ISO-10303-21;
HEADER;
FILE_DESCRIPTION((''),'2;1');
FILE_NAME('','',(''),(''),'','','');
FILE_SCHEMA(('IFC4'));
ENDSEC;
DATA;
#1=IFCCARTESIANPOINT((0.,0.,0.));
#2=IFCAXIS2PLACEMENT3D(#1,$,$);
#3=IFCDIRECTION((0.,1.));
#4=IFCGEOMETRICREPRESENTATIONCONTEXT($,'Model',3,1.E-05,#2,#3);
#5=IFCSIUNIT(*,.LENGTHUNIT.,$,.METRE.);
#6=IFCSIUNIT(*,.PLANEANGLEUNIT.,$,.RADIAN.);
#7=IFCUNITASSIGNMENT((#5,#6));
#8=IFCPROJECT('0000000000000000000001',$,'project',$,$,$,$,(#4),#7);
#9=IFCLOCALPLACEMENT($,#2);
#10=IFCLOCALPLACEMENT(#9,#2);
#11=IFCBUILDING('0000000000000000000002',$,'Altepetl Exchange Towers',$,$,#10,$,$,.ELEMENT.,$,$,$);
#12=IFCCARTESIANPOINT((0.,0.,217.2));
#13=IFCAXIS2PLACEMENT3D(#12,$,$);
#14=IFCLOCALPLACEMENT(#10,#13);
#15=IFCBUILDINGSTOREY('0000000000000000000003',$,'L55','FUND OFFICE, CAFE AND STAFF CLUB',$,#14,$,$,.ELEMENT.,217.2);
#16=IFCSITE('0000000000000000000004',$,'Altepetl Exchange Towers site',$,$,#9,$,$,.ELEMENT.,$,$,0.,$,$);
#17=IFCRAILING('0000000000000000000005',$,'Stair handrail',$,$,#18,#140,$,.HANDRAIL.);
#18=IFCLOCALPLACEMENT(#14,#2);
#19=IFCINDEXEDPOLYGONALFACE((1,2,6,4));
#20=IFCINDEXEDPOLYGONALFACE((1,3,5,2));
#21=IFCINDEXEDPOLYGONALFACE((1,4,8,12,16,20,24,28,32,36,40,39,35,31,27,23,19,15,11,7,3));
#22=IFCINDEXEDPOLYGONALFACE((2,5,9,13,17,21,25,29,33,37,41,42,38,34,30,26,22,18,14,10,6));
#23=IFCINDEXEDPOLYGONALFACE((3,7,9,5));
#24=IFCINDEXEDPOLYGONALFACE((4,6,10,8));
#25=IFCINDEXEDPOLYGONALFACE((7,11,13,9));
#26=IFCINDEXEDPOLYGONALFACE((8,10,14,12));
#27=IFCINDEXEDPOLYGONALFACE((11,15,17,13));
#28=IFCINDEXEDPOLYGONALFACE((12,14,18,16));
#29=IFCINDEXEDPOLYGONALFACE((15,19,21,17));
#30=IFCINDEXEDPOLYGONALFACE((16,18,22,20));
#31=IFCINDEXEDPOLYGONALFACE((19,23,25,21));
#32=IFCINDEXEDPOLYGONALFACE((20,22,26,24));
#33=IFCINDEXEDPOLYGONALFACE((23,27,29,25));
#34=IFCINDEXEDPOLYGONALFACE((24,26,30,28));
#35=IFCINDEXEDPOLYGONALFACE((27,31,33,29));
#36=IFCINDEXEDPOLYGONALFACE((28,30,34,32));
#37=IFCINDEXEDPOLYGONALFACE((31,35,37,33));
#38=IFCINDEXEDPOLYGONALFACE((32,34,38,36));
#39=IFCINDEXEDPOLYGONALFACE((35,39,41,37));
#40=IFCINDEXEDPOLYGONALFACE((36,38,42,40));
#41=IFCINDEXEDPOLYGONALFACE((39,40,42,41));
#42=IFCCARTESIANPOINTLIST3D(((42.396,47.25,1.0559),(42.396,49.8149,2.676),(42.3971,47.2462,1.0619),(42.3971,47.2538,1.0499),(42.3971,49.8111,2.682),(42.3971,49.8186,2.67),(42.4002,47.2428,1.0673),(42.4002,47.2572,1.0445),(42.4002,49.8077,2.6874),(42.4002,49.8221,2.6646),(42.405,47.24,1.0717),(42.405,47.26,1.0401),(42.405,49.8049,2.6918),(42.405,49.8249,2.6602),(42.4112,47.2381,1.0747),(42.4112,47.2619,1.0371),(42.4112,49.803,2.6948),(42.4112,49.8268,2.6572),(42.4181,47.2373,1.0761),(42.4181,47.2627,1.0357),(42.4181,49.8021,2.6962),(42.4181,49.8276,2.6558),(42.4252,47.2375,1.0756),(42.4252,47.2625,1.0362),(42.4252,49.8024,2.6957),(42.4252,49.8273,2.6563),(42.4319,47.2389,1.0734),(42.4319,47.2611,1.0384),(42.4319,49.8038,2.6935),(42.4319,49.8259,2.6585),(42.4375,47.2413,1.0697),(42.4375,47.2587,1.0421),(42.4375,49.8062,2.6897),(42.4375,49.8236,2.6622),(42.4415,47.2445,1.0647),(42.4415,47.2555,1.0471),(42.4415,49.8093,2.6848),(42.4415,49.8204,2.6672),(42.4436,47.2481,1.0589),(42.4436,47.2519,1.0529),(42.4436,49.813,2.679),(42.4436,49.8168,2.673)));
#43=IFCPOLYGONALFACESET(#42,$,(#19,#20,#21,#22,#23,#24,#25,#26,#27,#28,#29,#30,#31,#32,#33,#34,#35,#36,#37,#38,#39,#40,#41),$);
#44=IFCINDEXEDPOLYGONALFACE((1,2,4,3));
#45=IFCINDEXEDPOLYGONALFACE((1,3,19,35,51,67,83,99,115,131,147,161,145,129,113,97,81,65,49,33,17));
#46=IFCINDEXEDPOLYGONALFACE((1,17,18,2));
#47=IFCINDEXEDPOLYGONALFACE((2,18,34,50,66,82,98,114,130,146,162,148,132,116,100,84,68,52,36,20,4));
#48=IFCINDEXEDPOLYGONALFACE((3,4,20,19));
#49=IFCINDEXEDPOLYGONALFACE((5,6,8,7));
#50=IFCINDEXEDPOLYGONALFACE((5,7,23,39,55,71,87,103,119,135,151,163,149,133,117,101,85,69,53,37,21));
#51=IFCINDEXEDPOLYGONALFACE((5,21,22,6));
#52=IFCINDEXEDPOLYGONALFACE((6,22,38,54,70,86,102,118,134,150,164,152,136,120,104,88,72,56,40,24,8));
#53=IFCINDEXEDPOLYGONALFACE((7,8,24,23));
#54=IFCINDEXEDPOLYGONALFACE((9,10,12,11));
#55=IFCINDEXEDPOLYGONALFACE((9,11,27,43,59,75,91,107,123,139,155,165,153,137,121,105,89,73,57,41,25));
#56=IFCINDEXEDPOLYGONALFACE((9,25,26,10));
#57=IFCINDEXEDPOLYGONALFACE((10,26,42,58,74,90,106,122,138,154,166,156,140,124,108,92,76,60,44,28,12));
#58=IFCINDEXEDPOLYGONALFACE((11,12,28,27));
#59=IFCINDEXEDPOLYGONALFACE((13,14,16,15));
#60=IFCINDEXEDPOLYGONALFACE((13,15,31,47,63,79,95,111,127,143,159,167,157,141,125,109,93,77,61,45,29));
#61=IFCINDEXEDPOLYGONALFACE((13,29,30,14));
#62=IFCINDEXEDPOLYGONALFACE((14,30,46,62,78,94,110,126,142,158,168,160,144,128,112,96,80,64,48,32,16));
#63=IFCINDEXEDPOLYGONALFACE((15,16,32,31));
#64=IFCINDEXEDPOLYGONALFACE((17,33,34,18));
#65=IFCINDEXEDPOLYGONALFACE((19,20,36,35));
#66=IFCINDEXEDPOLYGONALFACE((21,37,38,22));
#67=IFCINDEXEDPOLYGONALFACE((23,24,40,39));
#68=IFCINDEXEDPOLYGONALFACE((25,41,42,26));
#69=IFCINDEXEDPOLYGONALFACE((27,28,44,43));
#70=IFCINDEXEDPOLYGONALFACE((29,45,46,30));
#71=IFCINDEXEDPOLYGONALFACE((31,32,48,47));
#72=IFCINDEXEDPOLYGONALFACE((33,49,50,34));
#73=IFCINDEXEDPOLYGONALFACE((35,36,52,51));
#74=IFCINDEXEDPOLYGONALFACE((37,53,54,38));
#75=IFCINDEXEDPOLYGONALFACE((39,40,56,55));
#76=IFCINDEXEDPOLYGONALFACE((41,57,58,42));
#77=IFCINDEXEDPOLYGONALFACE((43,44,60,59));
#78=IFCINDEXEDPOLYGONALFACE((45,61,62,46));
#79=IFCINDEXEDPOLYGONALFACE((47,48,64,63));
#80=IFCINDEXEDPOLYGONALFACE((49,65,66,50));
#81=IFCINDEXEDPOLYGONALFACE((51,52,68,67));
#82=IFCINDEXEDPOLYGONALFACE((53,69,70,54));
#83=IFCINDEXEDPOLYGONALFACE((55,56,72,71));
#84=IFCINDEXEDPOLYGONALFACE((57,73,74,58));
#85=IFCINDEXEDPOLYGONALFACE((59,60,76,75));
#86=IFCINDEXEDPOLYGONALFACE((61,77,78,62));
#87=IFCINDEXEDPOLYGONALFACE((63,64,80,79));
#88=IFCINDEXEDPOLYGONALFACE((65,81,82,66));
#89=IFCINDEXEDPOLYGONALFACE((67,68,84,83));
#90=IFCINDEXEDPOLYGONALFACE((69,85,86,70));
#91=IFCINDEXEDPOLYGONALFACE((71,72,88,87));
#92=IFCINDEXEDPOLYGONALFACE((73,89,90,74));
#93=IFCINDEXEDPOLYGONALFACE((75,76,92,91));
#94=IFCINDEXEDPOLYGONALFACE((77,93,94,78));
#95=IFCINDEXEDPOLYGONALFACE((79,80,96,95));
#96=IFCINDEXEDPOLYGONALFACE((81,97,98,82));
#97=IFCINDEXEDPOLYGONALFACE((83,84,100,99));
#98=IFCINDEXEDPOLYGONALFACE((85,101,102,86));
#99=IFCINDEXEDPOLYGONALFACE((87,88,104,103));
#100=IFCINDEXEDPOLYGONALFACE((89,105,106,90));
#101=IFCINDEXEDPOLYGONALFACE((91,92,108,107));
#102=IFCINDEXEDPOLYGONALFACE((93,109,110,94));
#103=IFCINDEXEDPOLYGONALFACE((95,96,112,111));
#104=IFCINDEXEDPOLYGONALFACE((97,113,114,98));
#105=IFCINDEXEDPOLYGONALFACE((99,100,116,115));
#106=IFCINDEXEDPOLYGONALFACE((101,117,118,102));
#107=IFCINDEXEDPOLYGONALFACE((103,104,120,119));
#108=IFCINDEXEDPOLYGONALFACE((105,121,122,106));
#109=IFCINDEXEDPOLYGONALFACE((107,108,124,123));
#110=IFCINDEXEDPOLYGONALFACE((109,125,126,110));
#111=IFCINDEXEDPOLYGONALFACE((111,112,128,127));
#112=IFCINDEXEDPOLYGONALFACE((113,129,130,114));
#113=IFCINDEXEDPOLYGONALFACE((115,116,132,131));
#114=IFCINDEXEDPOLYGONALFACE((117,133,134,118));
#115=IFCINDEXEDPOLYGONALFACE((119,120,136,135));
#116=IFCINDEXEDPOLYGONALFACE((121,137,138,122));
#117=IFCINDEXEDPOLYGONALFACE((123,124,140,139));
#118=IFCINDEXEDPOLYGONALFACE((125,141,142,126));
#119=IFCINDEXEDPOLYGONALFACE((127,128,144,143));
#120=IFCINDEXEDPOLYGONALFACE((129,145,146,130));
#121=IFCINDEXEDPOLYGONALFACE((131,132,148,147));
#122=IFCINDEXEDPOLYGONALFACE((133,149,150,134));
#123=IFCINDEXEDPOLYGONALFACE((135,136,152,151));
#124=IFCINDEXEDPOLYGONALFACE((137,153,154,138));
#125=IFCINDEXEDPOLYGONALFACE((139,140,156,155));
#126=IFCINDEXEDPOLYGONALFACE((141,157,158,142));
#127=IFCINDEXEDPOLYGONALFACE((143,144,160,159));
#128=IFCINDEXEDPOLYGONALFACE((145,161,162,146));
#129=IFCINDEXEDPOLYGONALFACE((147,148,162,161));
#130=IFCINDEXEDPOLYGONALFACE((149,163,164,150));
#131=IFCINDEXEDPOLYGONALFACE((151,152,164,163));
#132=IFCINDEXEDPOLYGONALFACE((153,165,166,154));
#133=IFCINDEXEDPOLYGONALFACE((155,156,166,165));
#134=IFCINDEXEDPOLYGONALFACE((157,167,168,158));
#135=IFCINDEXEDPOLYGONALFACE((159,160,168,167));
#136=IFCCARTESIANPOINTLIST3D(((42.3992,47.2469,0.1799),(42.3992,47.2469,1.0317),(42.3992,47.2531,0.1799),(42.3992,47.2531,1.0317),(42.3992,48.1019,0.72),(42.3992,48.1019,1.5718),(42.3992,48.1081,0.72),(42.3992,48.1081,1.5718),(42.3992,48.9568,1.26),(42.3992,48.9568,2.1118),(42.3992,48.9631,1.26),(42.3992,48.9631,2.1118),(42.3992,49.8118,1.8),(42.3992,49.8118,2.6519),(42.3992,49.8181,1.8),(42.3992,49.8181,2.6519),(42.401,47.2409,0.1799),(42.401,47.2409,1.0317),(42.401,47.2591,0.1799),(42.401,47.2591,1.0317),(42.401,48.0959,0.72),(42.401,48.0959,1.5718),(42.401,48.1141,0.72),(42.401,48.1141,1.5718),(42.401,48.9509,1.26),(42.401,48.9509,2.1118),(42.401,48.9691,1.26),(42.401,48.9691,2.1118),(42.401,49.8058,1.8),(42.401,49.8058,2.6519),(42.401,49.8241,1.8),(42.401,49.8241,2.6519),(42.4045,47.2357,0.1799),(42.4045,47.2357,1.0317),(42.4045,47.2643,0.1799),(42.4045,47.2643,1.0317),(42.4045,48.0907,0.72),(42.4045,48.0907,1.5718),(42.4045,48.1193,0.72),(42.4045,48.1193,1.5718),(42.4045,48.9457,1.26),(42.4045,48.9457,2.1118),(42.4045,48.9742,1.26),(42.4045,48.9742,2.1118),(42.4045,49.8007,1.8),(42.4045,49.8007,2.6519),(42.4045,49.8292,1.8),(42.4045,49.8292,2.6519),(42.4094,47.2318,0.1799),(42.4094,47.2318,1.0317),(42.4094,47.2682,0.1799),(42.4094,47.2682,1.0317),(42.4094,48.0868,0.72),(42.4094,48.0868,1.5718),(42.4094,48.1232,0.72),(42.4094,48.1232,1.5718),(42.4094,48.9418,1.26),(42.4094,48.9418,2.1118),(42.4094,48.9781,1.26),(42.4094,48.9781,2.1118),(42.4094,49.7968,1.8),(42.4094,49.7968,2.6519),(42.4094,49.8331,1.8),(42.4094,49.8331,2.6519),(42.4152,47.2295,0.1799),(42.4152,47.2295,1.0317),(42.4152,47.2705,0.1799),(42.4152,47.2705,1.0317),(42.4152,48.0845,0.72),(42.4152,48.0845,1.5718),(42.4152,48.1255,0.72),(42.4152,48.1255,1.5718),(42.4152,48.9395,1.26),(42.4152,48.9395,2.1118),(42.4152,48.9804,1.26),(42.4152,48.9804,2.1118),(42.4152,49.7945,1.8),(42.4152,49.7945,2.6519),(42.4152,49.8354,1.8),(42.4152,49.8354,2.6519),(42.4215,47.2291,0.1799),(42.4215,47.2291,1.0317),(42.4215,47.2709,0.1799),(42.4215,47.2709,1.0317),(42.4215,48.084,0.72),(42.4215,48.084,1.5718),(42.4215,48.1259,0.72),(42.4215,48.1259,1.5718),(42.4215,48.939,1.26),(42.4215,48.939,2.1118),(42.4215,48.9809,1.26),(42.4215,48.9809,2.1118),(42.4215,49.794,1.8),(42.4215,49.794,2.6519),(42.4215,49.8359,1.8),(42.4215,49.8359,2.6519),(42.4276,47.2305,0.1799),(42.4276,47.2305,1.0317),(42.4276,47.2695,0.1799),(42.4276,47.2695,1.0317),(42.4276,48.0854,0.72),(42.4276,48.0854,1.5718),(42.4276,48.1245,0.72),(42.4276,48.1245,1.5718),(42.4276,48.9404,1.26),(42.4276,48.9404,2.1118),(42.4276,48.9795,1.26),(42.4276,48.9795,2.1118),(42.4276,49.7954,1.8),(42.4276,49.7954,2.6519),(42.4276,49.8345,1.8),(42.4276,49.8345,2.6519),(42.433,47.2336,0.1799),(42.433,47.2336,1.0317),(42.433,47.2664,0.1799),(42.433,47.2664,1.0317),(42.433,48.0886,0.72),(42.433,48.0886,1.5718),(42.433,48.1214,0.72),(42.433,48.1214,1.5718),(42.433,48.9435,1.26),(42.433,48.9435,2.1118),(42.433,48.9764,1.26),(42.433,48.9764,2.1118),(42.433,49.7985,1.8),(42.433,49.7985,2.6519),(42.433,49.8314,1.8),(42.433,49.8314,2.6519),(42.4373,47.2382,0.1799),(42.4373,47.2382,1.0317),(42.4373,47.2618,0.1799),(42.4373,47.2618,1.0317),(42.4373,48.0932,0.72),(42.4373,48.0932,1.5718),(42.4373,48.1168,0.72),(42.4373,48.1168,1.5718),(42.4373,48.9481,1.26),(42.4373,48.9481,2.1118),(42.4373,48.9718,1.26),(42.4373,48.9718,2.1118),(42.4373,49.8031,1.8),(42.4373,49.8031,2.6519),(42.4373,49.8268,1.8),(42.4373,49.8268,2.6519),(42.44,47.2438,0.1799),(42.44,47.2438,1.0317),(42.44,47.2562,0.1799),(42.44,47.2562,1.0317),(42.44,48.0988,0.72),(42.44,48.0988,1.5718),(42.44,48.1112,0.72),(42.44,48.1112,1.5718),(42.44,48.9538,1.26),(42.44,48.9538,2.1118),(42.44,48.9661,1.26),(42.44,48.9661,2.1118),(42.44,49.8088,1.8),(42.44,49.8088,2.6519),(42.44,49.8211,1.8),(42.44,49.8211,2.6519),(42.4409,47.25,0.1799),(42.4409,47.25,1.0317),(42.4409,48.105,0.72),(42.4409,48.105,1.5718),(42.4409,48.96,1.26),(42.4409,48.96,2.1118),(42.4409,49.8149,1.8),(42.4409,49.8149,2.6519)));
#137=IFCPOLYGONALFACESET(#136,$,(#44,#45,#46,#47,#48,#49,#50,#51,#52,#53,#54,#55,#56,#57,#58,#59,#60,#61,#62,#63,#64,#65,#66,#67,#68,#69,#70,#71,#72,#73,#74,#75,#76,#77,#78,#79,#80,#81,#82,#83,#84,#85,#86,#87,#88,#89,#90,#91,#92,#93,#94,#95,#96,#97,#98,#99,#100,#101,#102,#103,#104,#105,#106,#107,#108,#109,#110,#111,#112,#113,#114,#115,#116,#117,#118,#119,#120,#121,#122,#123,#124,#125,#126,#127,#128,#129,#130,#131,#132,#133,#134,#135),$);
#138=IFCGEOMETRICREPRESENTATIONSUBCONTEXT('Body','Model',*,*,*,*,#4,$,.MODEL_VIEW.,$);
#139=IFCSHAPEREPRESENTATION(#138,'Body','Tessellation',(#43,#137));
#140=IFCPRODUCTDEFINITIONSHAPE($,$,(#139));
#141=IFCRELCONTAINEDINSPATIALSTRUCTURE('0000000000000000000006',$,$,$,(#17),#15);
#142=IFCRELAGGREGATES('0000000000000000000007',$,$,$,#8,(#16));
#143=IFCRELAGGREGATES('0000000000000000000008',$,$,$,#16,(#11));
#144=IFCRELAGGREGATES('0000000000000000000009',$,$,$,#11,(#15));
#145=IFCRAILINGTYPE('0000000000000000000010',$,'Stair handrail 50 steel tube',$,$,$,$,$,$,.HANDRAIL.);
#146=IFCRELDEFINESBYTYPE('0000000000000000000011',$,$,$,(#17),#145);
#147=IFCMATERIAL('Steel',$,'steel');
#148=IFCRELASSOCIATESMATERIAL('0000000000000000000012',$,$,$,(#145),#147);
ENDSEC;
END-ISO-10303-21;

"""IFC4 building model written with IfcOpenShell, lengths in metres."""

from ifc_helpers import new_model, si_unit, direction, frame, origin, origin_2d, place, context, subcontext, project, spatial, circle, extrude, source, transform, mapped, material, type_object, element, save


model = new_model("IFC4")

# Units and contexts
model_context = context("Model", 3, precision=1e-05, world=origin(), true_north=direction((0.0, 1.0)))
body_context = subcontext(model_context, "Body", "Model", "MODEL_VIEW")
ifc_project = project(units=[si_unit("LENGTHUNIT", "METRE"), si_unit("PLANEANGLEUNIT", "RADIAN")], contexts=[model_context])

# Site, building, storey
site_placement = place(None, origin())
site = spatial("IfcSite", under=ifc_project, at=site_placement, Name="Altepetl Exchange Towers site", CompositionType="ELEMENT", RefElevation=0.0)
building_placement = place(site_placement, origin())
building = spatial("IfcBuilding", under=site, at=building_placement, Name="Altepetl Exchange Towers", CompositionType="ELEMENT")
storey_placement = place(building_placement, frame((0.0, 0.0, 217.2)))
storey = spatial("IfcBuildingStorey", under=building, at=storey_placement, Name="L55", Description="FUND OFFICE, CAFE AND STAFF CLUB", CompositionType="ELEMENT", Elevation=217.2)

# Railing
ifc_material_1 = material(Name="Steel", Category="steel")
railing_type = type_object("IfcRailingType", Name="Stair handrail 50 steel tube", PredefinedType="HANDRAIL", material=ifc_material_1)
shared_shape = source(origin(), body_context, "Body", "SweptSolid", [
    extrude(circle(Radius=0.021, at=origin_2d()), origin(), (0.0, 0.0, 1.0), 0.8518),
])
railing_1_placement = place(storey_placement, frame((42.4199, 47.25, 0.1799)))
element("IfcRailing", 1, at=railing_1_placement, inside=storey, type_object=railing_type, Name="Stair handrail", PredefinedType="HANDRAIL", context=body_context, shape_type="SweptSolid", body=[
    extrude(circle(Radius=0.0239, at=origin_2d()), frame((0.0, 0.0, 0.876), z_axis=(0.0, 0.845466, 0.534029), x_axis=(-1.0, 0.0, 0.0)), (0.0, 0.0, 1.0), 3.0337),
    mapped(shared_shape, transform((0.0, 0.0, 0.0))),
    mapped(shared_shape, transform((0.0, 0.855, 0.54))),
    mapped(shared_shape, transform((0.0, 1.71, 1.0801))),
    mapped(shared_shape, transform((0.0, 2.5649, 1.6201))),
])

save(model, "model.ifc")
